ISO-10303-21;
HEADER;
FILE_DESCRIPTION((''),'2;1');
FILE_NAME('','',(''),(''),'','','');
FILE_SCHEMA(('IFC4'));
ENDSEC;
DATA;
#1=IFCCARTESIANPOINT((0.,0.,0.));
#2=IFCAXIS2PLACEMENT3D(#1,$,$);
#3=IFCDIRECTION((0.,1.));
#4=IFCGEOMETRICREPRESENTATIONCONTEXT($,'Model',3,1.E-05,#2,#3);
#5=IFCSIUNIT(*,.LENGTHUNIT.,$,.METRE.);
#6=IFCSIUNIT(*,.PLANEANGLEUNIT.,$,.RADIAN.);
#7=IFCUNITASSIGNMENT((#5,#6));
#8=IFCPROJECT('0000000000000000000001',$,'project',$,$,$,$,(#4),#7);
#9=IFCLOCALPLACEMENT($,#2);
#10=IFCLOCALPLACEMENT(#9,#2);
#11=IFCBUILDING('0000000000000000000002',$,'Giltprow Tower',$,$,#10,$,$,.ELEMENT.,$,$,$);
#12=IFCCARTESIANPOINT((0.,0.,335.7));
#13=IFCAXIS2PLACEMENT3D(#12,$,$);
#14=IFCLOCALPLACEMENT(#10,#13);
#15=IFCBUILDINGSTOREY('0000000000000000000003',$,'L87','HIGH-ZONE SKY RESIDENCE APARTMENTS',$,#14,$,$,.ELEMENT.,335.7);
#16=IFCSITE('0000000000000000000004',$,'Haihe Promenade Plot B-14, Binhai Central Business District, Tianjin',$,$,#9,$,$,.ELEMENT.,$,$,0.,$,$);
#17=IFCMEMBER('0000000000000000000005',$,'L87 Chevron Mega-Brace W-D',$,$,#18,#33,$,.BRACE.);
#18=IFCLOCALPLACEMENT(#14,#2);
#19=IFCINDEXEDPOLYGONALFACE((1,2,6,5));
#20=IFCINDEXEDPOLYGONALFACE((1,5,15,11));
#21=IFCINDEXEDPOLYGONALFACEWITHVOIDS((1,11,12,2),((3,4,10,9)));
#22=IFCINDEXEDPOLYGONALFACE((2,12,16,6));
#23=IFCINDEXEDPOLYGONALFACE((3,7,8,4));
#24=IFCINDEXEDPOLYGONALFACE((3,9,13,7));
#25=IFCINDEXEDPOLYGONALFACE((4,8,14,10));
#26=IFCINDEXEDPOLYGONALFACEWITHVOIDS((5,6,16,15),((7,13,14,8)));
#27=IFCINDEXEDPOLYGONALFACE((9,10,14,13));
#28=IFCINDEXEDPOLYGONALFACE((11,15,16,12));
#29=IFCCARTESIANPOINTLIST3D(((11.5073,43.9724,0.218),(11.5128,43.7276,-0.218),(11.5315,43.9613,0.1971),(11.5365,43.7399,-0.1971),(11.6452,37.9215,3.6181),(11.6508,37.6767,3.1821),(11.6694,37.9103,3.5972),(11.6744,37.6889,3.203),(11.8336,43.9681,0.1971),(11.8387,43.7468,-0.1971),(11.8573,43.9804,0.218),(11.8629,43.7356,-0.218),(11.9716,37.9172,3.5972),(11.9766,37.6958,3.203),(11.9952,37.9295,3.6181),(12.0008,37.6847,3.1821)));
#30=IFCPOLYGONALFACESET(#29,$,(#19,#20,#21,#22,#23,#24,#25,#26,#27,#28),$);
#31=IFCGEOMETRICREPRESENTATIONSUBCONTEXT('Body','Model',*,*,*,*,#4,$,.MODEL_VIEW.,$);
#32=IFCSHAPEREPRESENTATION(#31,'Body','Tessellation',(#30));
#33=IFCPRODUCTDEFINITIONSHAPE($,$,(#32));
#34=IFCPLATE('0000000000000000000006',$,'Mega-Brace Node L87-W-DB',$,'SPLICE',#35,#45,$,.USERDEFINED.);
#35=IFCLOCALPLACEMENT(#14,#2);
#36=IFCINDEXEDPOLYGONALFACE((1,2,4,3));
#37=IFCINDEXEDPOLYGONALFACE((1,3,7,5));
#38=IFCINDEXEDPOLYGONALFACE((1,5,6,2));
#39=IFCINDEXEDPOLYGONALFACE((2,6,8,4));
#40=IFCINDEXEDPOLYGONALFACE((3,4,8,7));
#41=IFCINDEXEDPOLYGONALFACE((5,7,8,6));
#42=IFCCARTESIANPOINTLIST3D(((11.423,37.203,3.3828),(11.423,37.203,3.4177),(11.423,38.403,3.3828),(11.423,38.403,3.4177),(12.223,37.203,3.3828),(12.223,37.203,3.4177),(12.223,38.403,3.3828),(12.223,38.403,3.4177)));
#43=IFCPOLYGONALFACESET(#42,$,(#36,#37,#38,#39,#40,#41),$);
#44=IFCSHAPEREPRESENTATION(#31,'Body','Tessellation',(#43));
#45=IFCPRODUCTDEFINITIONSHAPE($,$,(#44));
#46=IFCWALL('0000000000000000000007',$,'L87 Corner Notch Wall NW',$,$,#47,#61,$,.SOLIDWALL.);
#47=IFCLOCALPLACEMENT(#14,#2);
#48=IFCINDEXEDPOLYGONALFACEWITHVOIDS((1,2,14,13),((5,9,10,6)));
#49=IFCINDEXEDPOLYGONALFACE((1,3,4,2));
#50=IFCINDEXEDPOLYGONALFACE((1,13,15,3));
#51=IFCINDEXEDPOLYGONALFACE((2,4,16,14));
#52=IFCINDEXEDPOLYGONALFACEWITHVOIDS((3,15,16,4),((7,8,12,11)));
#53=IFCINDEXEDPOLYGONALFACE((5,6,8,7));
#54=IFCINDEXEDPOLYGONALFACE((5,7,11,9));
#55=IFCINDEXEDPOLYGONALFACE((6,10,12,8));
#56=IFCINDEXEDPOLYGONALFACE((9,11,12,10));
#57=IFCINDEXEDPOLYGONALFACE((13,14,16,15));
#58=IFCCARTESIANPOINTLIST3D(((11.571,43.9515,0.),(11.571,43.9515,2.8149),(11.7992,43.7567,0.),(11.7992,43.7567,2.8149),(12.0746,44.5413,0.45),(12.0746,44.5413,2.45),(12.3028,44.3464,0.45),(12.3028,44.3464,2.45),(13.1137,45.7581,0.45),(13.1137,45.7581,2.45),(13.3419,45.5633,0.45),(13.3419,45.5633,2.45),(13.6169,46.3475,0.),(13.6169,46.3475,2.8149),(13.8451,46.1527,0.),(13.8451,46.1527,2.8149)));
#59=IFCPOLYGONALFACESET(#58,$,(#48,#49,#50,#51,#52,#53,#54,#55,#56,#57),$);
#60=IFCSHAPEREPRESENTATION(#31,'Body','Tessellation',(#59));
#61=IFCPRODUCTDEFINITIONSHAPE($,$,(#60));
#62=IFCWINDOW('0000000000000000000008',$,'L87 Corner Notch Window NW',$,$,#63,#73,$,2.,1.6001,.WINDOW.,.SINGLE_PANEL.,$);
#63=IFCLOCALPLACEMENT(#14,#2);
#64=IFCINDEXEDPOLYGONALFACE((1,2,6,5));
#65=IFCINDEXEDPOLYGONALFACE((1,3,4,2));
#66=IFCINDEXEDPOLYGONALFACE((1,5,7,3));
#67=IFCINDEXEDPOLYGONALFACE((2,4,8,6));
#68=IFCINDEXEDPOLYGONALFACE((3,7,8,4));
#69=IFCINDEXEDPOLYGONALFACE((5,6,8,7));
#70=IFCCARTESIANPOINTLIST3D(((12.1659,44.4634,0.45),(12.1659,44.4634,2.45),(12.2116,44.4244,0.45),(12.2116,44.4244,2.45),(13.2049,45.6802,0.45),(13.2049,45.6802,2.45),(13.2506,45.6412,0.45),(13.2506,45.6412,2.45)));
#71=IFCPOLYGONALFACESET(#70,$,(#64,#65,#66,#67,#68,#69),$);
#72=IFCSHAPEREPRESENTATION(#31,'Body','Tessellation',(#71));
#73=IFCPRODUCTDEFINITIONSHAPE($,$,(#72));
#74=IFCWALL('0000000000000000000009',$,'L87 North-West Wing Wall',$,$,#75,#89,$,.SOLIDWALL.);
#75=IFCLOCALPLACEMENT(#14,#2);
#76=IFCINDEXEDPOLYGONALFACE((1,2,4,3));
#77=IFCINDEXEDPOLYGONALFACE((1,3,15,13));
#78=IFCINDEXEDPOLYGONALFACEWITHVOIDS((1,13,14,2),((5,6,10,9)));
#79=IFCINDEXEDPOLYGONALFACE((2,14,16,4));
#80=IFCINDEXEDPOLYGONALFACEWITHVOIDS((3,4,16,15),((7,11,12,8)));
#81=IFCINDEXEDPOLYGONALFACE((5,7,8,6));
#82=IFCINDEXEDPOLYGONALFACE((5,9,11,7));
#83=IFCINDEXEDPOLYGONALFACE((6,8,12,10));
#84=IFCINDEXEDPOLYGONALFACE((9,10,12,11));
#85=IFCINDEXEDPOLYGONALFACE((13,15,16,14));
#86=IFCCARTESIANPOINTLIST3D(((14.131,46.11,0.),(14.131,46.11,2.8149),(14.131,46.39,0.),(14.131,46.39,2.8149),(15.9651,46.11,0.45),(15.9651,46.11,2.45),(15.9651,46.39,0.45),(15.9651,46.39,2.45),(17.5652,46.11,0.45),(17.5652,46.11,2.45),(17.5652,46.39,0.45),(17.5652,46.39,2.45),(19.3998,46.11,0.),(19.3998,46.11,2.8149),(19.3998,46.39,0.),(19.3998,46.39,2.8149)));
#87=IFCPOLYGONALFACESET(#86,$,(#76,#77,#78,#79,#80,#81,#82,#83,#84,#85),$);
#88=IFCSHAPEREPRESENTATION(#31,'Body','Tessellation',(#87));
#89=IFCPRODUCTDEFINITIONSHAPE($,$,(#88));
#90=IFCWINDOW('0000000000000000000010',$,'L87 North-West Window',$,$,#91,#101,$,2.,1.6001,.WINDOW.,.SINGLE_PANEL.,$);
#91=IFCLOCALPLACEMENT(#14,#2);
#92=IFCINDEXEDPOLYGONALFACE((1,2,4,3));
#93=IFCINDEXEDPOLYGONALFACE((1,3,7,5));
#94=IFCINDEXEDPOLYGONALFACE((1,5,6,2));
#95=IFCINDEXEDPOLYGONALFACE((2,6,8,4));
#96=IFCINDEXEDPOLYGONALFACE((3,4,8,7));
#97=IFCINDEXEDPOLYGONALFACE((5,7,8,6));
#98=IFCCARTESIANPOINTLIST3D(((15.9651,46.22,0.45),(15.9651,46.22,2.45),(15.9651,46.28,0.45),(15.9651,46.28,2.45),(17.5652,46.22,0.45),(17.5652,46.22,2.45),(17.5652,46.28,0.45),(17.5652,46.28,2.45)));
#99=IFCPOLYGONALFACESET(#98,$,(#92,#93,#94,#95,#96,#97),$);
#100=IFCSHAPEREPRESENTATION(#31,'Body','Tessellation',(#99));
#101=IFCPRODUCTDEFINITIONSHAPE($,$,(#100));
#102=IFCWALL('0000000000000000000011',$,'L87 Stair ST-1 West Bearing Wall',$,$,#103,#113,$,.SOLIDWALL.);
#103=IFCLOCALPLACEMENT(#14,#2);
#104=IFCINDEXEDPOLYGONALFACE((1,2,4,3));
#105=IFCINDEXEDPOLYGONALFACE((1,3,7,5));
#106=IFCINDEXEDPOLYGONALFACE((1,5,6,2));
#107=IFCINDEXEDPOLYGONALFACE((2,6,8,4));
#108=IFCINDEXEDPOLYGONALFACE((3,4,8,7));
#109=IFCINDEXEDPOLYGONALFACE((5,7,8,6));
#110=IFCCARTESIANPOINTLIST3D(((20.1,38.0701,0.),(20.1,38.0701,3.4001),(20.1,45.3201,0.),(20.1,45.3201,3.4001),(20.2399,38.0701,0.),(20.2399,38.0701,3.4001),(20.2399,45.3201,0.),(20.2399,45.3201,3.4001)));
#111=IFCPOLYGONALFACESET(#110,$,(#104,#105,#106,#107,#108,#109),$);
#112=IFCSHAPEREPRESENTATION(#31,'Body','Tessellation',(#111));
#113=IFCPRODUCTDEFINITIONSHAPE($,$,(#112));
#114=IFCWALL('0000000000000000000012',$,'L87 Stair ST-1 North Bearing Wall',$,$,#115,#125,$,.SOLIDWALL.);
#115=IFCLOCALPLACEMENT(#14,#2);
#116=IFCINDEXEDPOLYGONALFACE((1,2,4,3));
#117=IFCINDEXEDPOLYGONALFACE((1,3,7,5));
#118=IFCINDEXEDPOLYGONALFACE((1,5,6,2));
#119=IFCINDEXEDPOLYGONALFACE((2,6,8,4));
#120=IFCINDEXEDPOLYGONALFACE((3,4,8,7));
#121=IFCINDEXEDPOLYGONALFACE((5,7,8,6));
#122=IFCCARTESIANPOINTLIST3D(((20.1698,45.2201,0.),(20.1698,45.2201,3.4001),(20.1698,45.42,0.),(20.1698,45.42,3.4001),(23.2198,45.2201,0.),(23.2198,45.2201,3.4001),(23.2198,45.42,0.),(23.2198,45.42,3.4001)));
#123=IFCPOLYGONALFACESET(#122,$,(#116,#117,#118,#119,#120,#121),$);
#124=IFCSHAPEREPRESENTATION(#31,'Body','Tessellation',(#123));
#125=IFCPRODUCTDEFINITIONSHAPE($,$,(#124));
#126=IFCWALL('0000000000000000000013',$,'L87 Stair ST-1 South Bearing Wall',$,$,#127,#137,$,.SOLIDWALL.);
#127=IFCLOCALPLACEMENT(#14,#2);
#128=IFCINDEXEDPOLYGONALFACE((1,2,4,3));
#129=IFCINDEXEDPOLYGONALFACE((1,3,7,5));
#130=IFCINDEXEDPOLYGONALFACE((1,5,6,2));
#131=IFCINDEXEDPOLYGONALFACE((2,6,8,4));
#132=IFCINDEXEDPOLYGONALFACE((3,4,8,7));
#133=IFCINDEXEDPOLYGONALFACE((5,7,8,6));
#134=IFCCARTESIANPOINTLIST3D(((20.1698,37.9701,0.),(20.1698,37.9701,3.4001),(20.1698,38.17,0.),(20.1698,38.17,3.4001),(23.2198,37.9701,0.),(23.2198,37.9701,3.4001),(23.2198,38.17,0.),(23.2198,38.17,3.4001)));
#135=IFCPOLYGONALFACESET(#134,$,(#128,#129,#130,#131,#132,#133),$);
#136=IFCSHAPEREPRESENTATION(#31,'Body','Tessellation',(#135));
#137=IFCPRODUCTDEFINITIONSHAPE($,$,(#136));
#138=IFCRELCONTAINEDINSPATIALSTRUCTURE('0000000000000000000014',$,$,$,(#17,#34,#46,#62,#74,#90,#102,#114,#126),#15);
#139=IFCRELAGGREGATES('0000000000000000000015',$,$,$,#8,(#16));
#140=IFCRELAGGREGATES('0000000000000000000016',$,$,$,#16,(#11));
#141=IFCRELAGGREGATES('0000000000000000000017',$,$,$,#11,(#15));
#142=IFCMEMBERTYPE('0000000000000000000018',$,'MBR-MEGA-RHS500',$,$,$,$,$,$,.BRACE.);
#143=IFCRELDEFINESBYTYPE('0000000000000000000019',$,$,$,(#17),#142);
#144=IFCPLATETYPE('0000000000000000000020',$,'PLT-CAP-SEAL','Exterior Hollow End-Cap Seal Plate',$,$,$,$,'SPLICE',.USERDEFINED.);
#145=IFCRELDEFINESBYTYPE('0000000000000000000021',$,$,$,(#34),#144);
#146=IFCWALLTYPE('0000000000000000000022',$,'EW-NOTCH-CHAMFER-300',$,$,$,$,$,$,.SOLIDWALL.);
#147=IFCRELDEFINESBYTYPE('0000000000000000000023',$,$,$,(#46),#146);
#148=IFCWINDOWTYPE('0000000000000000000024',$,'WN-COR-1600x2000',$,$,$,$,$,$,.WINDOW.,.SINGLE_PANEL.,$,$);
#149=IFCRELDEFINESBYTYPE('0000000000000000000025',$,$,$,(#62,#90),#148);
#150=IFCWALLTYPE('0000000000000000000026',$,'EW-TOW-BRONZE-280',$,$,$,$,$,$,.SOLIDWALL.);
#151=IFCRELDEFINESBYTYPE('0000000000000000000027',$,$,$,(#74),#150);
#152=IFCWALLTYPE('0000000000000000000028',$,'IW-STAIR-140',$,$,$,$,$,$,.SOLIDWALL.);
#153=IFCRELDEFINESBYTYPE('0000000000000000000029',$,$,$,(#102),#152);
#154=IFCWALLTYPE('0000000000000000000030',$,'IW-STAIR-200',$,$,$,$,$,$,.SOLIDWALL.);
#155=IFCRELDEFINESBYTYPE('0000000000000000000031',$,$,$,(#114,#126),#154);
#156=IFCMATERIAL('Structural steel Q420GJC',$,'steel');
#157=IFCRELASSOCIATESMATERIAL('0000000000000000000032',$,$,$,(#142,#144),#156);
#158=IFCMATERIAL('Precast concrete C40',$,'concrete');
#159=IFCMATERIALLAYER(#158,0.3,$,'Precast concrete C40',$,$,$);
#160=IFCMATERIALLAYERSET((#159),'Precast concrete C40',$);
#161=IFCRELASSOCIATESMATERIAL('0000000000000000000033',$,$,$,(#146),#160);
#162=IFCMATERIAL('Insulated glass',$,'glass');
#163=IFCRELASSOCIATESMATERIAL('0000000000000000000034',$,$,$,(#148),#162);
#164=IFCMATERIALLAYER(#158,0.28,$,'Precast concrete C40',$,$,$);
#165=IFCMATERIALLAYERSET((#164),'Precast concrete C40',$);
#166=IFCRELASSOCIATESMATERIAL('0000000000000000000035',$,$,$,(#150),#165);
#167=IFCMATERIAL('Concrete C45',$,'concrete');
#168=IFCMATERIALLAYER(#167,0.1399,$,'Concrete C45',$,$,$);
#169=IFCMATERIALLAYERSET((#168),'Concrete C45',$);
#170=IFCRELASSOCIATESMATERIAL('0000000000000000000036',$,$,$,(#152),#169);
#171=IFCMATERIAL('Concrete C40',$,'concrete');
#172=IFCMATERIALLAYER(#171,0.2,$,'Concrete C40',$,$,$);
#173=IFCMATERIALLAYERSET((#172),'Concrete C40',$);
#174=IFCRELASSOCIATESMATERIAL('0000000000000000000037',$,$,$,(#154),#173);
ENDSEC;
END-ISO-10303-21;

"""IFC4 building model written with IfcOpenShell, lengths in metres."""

from ifc_helpers import new_model, si_unit, direction, frame, frame_2d, origin, origin_2d, place, context, subcontext, project, spatial, rectangle, hollow_rectangle, extrude, source, transform, mapped, material, layer, layer_set, material_profile, profile_set, type_object, element, fill, save


model = new_model("IFC4")

# Units and contexts
model_context = context("Model", 3, precision=1e-05, world=origin(), true_north=direction((0.0, 1.0)))
body_context = subcontext(model_context, "Body", "Model", "MODEL_VIEW")
ifc_project = project(units=[si_unit("LENGTHUNIT", "METRE"), si_unit("PLANEANGLEUNIT", "RADIAN")], contexts=[model_context])

# Site, building, storey
site_placement = place(None, origin())
site = spatial("IfcSite", under=ifc_project, at=site_placement, Name="Haihe Promenade Plot B-14, Binhai Central Business District, Tianjin", CompositionType="ELEMENT", RefElevation=0.0)
building_placement = place(site_placement, origin())
building = spatial("IfcBuilding", under=site, at=building_placement, Name="Giltprow Tower", CompositionType="ELEMENT")
storey_placement = place(building_placement, frame((0.0, 0.0, 335.7)))
storey = spatial("IfcBuildingStorey", under=building, at=storey_placement, Name="L87", Description="HIGH-ZONE SKY RESIDENCE APARTMENTS", CompositionType="ELEMENT", Elevation=335.7)

# Shared definitions
ifc_material_1 = material(Name="Concrete C45", Category="concrete")
ifc_material_2 = material(Name="Structural steel Q420GJC", Category="steel")

# Member
ifc_material_profile_1 = material_profile(ifc_material_2, hollow_rectangle(XDim=0.3501, YDim=0.5, WallThickness=0.0239, at=origin_2d()), Name="RHS 500x350x24")
ifc_profile_set_1 = profile_set([ifc_material_profile_1], Name="Structural steel Q420GJC")
member_type = type_object("IfcMemberType", Name="MBR-MEGA-RHS500", PredefinedType="BRACE", material=ifc_profile_set_1)
shared_shape_1 = source(origin(), body_context, "Body", "SweptSolid", [
    extrude(hollow_rectangle(XDim=0.3501, YDim=0.5, WallThickness=0.0239, at=origin_2d()), origin(), (0.0, 0.0, 1.0), 6.9421),
])
member_placement = place(storey_placement, frame((11.6851, 43.854, 0.0), z_axis=(0.01987, -0.871622, 0.489775), x_axis=(0.99974, 0.02279, 0.0)))
element("IfcMember", 1, at=member_placement, inside=storey, type_object=member_type, Name="L87 Chevron Mega-Brace W-D", PredefinedType="BRACE", context=body_context, shape_type="MappedRepresentation", body=[
    mapped(shared_shape_1, transform((0.0, 0.0, 0.0), x_axis=(1.0, 0.0, 0.0), y_axis=(0.0, 1.0, 0.0), z_axis=(0.0, 0.0, 1.0), scale=1.0)),
])

# Plate
plate_type = type_object("IfcPlateType", Name="PLT-CAP-SEAL", Description="Exterior Hollow End-Cap Seal Plate", ElementType="SPLICE", PredefinedType="USERDEFINED", material=ifc_material_2)
shared_shape_2 = source(origin(), body_context, "Body", "SweptSolid", [
    extrude(rectangle(XDim=1.2, YDim=0.8, at=origin_2d()), origin(), (0.0, 0.0, 1.0), 0.0349),
])
plate_placement = place(storey_placement, frame((11.823, 37.803, 3.3828), z_axis=(0.0, 0.0, 1.0), x_axis=(0.0, 1.0, 0.0)))
element("IfcPlate", 2, at=plate_placement, inside=storey, type_object=plate_type, Name="Mega-Brace Node L87-W-DB", ObjectType="SPLICE", PredefinedType="USERDEFINED", context=body_context, shape_type="MappedRepresentation", body=[
    mapped(shared_shape_2, transform((0.0, 0.0, 0.0), x_axis=(1.0, 0.0, 0.0), y_axis=(0.0, 1.0, 0.0), z_axis=(0.0, 0.0, 1.0), scale=1.0)),
])

# Walls, openings, windows
ifc_material_3 = material(Name="Precast concrete C40", Category="concrete")
ifc_layer_1 = layer(ifc_material_3, 0.3, Name="Precast concrete C40")
ifc_layer_set_1 = layer_set([ifc_layer_1], Name="Precast concrete C40")
wall_type_1 = type_object("IfcWallType", Name="EW-NOTCH-CHAMFER-300", PredefinedType="SOLIDWALL", material=ifc_layer_set_1)
wall_1_placement = place(storey_placement, frame((13.731, 46.25, 0.0), z_axis=(0.0, 0.0, 1.0), x_axis=(-0.649361, -0.760481, 0.0)))
wall_1 = element("IfcWall", 3, at=wall_1_placement, inside=storey, type_object=wall_type_1, Name="L87 Corner Notch Wall NW", PredefinedType="SOLIDWALL", context=body_context, shape_type="SweptSolid", body=[
    extrude(rectangle(XDim=3.1506, YDim=0.3, at=frame_2d((1.5752, 0.0))), origin(), (0.0, 0.0, 1.0), 2.8149),
])
opening_1_placement = place(wall_1_placement, frame((0.7749, 0.0, 0.45)))
opening_1 = element("IfcOpeningElement", 4, at=opening_1_placement, cuts=wall_1, PredefinedType="OPENING", context=body_context, shape_type="SweptSolid", body=[
    extrude(rectangle(XDim=1.6001, YDim=2.0, at=frame_2d((0.8, 1.0))), frame((0.0, 0.1599, 0.0), z_axis=(0.0, -1.0, 0.0), x_axis=(1.0, 0.0, 0.0)), (0.0, 0.0, 1.0), 0.3201),
])
ifc_material_4 = material(Name="Insulated glass", Category="glass")
window_type = type_object("IfcWindowType", Name="WN-COR-1600x2000", PartitioningType="SINGLE_PANEL", PredefinedType="WINDOW", material=ifc_material_4)
shared_shape_3 = source(origin(), body_context, "Body", "SweptSolid", [
    extrude(rectangle(XDim=1.6001, YDim=2.0, at=frame_2d((0.8, 1.0))), frame((0.0, 0.03, 0.0), z_axis=(0.0, -1.0, 0.0), x_axis=(1.0, 0.0, 0.0)), (0.0, 0.0, 1.0), 0.0601),
])
window_1_placement = place(opening_1_placement, origin())
window_1 = element("IfcWindow", 5, at=window_1_placement, inside=storey, type_object=window_type, Name="L87 Corner Notch Window NW", OverallHeight=2.0, OverallWidth=1.6001, PartitioningType="SINGLE_PANEL", PredefinedType="WINDOW", context=body_context, shape_type="MappedRepresentation", body=[
    mapped(shared_shape_3, transform((0.0, 0.0, 0.0), x_axis=(1.0, 0.0, 0.0), y_axis=(0.0, 1.0, 0.0), z_axis=(0.0, 0.0, 1.0), scale=1.0)),
])
fill(opening_1, window_1)
ifc_layer_2 = layer(ifc_material_3, 0.28, Name="Precast concrete C40")
ifc_layer_set_2 = layer_set([ifc_layer_2], Name="Precast concrete C40")
wall_type_2 = type_object("IfcWallType", Name="EW-TOW-BRONZE-280", PredefinedType="SOLIDWALL", material=ifc_layer_set_2)
wall_2_placement = place(storey_placement, frame((14.1311, 46.25, 0.0), z_axis=(0.0, 0.0, 1.0), x_axis=(1.0, 0.0, 0.0)))
wall_2 = element("IfcWall", 6, at=wall_2_placement, inside=storey, type_object=wall_type_2, Name="L87 North-West Wing Wall", PredefinedType="SOLIDWALL", context=body_context, shape_type="SweptSolid", body=[
    extrude(rectangle(XDim=5.2688, YDim=0.28, at=frame_2d((2.6343, 0.0))), origin(), (0.0, 0.0, 1.0), 2.8149),
])
opening_2_placement = place(wall_2_placement, frame((1.834, 0.0, 0.45)))
opening_2 = element("IfcOpeningElement", 7, at=opening_2_placement, cuts=wall_2, PredefinedType="OPENING", context=body_context, shape_type="SweptSolid", body=[
    extrude(rectangle(XDim=1.6001, YDim=2.0, at=frame_2d((0.8, 1.0))), frame((0.0, 0.1499, 0.0), z_axis=(0.0, -1.0, 0.0), x_axis=(1.0, 0.0, 0.0)), (0.0, 0.0, 1.0), 0.3),
])
window_2_placement = place(opening_2_placement, origin())
window_2 = element("IfcWindow", 8, at=window_2_placement, inside=storey, type_object=window_type, Name="L87 North-West Window", OverallHeight=2.0, OverallWidth=1.6001, PartitioningType="SINGLE_PANEL", PredefinedType="WINDOW", context=body_context, shape_type="MappedRepresentation", body=[
    mapped(shared_shape_3, transform((0.0, 0.0, 0.0), x_axis=(1.0, 0.0, 0.0), y_axis=(0.0, 1.0, 0.0), z_axis=(0.0, 0.0, 1.0), scale=1.0)),
])
fill(opening_2, window_2)

# Walls
ifc_layer_3 = layer(ifc_material_1, 0.1399, Name="Concrete C45")
ifc_layer_set_3 = layer_set([ifc_layer_3], Name="Concrete C45")
wall_type_3 = type_object("IfcWallType", Name="IW-STAIR-140", PredefinedType="SOLIDWALL", material=ifc_layer_set_3)
wall_3_placement = place(storey_placement, frame((20.1699, 38.0701, 0.0), z_axis=(0.0, 0.0, 1.0), x_axis=(0.0, 1.0, 0.0)))
element("IfcWall", 9, at=wall_3_placement, inside=storey, type_object=wall_type_3, Name="L87 Stair ST-1 West Bearing Wall", PredefinedType="SOLIDWALL", context=body_context, shape_type="SweptSolid", body=[
    extrude(rectangle(XDim=7.25, YDim=0.1399, at=frame_2d((3.625, 0.0))), origin(), (0.0, 0.0, 1.0), 3.4001),
])
ifc_material_5 = material(Name="Concrete C40", Category="concrete")
ifc_layer_4 = layer(ifc_material_5, 0.2, Name="Concrete C40")
ifc_layer_set_4 = layer_set([ifc_layer_4], Name="Concrete C40")
wall_type_4 = type_object("IfcWallType", Name="IW-STAIR-200", PredefinedType="SOLIDWALL", material=ifc_layer_set_4)
for number, where, z_axis, x_axis, name in (
    (10, (20.1699, 45.3201, 0.0), (0.0, 0.0, 1.0), (1.0, 0.0, 0.0), "L87 Stair ST-1 North Bearing Wall"),
    (11, (20.1699, 38.0701, 0.0), (0.0, 0.0, 1.0), (1.0, 0.0, 0.0), "L87 Stair ST-1 South Bearing Wall"),
):
    element("IfcWall", number, at=place(storey_placement, frame(where, z_axis=z_axis, x_axis=x_axis)), inside=storey, type_object=wall_type_4, Name=name, PredefinedType="SOLIDWALL", context=body_context, shape_type="SweptSolid", body=[
        extrude(rectangle(XDim=3.05, YDim=0.2, at=frame_2d((1.5249, 0.0))), origin(), (0.0, 0.0, 1.0), 3.4001),
    ])

save(model, "model.ifc")
